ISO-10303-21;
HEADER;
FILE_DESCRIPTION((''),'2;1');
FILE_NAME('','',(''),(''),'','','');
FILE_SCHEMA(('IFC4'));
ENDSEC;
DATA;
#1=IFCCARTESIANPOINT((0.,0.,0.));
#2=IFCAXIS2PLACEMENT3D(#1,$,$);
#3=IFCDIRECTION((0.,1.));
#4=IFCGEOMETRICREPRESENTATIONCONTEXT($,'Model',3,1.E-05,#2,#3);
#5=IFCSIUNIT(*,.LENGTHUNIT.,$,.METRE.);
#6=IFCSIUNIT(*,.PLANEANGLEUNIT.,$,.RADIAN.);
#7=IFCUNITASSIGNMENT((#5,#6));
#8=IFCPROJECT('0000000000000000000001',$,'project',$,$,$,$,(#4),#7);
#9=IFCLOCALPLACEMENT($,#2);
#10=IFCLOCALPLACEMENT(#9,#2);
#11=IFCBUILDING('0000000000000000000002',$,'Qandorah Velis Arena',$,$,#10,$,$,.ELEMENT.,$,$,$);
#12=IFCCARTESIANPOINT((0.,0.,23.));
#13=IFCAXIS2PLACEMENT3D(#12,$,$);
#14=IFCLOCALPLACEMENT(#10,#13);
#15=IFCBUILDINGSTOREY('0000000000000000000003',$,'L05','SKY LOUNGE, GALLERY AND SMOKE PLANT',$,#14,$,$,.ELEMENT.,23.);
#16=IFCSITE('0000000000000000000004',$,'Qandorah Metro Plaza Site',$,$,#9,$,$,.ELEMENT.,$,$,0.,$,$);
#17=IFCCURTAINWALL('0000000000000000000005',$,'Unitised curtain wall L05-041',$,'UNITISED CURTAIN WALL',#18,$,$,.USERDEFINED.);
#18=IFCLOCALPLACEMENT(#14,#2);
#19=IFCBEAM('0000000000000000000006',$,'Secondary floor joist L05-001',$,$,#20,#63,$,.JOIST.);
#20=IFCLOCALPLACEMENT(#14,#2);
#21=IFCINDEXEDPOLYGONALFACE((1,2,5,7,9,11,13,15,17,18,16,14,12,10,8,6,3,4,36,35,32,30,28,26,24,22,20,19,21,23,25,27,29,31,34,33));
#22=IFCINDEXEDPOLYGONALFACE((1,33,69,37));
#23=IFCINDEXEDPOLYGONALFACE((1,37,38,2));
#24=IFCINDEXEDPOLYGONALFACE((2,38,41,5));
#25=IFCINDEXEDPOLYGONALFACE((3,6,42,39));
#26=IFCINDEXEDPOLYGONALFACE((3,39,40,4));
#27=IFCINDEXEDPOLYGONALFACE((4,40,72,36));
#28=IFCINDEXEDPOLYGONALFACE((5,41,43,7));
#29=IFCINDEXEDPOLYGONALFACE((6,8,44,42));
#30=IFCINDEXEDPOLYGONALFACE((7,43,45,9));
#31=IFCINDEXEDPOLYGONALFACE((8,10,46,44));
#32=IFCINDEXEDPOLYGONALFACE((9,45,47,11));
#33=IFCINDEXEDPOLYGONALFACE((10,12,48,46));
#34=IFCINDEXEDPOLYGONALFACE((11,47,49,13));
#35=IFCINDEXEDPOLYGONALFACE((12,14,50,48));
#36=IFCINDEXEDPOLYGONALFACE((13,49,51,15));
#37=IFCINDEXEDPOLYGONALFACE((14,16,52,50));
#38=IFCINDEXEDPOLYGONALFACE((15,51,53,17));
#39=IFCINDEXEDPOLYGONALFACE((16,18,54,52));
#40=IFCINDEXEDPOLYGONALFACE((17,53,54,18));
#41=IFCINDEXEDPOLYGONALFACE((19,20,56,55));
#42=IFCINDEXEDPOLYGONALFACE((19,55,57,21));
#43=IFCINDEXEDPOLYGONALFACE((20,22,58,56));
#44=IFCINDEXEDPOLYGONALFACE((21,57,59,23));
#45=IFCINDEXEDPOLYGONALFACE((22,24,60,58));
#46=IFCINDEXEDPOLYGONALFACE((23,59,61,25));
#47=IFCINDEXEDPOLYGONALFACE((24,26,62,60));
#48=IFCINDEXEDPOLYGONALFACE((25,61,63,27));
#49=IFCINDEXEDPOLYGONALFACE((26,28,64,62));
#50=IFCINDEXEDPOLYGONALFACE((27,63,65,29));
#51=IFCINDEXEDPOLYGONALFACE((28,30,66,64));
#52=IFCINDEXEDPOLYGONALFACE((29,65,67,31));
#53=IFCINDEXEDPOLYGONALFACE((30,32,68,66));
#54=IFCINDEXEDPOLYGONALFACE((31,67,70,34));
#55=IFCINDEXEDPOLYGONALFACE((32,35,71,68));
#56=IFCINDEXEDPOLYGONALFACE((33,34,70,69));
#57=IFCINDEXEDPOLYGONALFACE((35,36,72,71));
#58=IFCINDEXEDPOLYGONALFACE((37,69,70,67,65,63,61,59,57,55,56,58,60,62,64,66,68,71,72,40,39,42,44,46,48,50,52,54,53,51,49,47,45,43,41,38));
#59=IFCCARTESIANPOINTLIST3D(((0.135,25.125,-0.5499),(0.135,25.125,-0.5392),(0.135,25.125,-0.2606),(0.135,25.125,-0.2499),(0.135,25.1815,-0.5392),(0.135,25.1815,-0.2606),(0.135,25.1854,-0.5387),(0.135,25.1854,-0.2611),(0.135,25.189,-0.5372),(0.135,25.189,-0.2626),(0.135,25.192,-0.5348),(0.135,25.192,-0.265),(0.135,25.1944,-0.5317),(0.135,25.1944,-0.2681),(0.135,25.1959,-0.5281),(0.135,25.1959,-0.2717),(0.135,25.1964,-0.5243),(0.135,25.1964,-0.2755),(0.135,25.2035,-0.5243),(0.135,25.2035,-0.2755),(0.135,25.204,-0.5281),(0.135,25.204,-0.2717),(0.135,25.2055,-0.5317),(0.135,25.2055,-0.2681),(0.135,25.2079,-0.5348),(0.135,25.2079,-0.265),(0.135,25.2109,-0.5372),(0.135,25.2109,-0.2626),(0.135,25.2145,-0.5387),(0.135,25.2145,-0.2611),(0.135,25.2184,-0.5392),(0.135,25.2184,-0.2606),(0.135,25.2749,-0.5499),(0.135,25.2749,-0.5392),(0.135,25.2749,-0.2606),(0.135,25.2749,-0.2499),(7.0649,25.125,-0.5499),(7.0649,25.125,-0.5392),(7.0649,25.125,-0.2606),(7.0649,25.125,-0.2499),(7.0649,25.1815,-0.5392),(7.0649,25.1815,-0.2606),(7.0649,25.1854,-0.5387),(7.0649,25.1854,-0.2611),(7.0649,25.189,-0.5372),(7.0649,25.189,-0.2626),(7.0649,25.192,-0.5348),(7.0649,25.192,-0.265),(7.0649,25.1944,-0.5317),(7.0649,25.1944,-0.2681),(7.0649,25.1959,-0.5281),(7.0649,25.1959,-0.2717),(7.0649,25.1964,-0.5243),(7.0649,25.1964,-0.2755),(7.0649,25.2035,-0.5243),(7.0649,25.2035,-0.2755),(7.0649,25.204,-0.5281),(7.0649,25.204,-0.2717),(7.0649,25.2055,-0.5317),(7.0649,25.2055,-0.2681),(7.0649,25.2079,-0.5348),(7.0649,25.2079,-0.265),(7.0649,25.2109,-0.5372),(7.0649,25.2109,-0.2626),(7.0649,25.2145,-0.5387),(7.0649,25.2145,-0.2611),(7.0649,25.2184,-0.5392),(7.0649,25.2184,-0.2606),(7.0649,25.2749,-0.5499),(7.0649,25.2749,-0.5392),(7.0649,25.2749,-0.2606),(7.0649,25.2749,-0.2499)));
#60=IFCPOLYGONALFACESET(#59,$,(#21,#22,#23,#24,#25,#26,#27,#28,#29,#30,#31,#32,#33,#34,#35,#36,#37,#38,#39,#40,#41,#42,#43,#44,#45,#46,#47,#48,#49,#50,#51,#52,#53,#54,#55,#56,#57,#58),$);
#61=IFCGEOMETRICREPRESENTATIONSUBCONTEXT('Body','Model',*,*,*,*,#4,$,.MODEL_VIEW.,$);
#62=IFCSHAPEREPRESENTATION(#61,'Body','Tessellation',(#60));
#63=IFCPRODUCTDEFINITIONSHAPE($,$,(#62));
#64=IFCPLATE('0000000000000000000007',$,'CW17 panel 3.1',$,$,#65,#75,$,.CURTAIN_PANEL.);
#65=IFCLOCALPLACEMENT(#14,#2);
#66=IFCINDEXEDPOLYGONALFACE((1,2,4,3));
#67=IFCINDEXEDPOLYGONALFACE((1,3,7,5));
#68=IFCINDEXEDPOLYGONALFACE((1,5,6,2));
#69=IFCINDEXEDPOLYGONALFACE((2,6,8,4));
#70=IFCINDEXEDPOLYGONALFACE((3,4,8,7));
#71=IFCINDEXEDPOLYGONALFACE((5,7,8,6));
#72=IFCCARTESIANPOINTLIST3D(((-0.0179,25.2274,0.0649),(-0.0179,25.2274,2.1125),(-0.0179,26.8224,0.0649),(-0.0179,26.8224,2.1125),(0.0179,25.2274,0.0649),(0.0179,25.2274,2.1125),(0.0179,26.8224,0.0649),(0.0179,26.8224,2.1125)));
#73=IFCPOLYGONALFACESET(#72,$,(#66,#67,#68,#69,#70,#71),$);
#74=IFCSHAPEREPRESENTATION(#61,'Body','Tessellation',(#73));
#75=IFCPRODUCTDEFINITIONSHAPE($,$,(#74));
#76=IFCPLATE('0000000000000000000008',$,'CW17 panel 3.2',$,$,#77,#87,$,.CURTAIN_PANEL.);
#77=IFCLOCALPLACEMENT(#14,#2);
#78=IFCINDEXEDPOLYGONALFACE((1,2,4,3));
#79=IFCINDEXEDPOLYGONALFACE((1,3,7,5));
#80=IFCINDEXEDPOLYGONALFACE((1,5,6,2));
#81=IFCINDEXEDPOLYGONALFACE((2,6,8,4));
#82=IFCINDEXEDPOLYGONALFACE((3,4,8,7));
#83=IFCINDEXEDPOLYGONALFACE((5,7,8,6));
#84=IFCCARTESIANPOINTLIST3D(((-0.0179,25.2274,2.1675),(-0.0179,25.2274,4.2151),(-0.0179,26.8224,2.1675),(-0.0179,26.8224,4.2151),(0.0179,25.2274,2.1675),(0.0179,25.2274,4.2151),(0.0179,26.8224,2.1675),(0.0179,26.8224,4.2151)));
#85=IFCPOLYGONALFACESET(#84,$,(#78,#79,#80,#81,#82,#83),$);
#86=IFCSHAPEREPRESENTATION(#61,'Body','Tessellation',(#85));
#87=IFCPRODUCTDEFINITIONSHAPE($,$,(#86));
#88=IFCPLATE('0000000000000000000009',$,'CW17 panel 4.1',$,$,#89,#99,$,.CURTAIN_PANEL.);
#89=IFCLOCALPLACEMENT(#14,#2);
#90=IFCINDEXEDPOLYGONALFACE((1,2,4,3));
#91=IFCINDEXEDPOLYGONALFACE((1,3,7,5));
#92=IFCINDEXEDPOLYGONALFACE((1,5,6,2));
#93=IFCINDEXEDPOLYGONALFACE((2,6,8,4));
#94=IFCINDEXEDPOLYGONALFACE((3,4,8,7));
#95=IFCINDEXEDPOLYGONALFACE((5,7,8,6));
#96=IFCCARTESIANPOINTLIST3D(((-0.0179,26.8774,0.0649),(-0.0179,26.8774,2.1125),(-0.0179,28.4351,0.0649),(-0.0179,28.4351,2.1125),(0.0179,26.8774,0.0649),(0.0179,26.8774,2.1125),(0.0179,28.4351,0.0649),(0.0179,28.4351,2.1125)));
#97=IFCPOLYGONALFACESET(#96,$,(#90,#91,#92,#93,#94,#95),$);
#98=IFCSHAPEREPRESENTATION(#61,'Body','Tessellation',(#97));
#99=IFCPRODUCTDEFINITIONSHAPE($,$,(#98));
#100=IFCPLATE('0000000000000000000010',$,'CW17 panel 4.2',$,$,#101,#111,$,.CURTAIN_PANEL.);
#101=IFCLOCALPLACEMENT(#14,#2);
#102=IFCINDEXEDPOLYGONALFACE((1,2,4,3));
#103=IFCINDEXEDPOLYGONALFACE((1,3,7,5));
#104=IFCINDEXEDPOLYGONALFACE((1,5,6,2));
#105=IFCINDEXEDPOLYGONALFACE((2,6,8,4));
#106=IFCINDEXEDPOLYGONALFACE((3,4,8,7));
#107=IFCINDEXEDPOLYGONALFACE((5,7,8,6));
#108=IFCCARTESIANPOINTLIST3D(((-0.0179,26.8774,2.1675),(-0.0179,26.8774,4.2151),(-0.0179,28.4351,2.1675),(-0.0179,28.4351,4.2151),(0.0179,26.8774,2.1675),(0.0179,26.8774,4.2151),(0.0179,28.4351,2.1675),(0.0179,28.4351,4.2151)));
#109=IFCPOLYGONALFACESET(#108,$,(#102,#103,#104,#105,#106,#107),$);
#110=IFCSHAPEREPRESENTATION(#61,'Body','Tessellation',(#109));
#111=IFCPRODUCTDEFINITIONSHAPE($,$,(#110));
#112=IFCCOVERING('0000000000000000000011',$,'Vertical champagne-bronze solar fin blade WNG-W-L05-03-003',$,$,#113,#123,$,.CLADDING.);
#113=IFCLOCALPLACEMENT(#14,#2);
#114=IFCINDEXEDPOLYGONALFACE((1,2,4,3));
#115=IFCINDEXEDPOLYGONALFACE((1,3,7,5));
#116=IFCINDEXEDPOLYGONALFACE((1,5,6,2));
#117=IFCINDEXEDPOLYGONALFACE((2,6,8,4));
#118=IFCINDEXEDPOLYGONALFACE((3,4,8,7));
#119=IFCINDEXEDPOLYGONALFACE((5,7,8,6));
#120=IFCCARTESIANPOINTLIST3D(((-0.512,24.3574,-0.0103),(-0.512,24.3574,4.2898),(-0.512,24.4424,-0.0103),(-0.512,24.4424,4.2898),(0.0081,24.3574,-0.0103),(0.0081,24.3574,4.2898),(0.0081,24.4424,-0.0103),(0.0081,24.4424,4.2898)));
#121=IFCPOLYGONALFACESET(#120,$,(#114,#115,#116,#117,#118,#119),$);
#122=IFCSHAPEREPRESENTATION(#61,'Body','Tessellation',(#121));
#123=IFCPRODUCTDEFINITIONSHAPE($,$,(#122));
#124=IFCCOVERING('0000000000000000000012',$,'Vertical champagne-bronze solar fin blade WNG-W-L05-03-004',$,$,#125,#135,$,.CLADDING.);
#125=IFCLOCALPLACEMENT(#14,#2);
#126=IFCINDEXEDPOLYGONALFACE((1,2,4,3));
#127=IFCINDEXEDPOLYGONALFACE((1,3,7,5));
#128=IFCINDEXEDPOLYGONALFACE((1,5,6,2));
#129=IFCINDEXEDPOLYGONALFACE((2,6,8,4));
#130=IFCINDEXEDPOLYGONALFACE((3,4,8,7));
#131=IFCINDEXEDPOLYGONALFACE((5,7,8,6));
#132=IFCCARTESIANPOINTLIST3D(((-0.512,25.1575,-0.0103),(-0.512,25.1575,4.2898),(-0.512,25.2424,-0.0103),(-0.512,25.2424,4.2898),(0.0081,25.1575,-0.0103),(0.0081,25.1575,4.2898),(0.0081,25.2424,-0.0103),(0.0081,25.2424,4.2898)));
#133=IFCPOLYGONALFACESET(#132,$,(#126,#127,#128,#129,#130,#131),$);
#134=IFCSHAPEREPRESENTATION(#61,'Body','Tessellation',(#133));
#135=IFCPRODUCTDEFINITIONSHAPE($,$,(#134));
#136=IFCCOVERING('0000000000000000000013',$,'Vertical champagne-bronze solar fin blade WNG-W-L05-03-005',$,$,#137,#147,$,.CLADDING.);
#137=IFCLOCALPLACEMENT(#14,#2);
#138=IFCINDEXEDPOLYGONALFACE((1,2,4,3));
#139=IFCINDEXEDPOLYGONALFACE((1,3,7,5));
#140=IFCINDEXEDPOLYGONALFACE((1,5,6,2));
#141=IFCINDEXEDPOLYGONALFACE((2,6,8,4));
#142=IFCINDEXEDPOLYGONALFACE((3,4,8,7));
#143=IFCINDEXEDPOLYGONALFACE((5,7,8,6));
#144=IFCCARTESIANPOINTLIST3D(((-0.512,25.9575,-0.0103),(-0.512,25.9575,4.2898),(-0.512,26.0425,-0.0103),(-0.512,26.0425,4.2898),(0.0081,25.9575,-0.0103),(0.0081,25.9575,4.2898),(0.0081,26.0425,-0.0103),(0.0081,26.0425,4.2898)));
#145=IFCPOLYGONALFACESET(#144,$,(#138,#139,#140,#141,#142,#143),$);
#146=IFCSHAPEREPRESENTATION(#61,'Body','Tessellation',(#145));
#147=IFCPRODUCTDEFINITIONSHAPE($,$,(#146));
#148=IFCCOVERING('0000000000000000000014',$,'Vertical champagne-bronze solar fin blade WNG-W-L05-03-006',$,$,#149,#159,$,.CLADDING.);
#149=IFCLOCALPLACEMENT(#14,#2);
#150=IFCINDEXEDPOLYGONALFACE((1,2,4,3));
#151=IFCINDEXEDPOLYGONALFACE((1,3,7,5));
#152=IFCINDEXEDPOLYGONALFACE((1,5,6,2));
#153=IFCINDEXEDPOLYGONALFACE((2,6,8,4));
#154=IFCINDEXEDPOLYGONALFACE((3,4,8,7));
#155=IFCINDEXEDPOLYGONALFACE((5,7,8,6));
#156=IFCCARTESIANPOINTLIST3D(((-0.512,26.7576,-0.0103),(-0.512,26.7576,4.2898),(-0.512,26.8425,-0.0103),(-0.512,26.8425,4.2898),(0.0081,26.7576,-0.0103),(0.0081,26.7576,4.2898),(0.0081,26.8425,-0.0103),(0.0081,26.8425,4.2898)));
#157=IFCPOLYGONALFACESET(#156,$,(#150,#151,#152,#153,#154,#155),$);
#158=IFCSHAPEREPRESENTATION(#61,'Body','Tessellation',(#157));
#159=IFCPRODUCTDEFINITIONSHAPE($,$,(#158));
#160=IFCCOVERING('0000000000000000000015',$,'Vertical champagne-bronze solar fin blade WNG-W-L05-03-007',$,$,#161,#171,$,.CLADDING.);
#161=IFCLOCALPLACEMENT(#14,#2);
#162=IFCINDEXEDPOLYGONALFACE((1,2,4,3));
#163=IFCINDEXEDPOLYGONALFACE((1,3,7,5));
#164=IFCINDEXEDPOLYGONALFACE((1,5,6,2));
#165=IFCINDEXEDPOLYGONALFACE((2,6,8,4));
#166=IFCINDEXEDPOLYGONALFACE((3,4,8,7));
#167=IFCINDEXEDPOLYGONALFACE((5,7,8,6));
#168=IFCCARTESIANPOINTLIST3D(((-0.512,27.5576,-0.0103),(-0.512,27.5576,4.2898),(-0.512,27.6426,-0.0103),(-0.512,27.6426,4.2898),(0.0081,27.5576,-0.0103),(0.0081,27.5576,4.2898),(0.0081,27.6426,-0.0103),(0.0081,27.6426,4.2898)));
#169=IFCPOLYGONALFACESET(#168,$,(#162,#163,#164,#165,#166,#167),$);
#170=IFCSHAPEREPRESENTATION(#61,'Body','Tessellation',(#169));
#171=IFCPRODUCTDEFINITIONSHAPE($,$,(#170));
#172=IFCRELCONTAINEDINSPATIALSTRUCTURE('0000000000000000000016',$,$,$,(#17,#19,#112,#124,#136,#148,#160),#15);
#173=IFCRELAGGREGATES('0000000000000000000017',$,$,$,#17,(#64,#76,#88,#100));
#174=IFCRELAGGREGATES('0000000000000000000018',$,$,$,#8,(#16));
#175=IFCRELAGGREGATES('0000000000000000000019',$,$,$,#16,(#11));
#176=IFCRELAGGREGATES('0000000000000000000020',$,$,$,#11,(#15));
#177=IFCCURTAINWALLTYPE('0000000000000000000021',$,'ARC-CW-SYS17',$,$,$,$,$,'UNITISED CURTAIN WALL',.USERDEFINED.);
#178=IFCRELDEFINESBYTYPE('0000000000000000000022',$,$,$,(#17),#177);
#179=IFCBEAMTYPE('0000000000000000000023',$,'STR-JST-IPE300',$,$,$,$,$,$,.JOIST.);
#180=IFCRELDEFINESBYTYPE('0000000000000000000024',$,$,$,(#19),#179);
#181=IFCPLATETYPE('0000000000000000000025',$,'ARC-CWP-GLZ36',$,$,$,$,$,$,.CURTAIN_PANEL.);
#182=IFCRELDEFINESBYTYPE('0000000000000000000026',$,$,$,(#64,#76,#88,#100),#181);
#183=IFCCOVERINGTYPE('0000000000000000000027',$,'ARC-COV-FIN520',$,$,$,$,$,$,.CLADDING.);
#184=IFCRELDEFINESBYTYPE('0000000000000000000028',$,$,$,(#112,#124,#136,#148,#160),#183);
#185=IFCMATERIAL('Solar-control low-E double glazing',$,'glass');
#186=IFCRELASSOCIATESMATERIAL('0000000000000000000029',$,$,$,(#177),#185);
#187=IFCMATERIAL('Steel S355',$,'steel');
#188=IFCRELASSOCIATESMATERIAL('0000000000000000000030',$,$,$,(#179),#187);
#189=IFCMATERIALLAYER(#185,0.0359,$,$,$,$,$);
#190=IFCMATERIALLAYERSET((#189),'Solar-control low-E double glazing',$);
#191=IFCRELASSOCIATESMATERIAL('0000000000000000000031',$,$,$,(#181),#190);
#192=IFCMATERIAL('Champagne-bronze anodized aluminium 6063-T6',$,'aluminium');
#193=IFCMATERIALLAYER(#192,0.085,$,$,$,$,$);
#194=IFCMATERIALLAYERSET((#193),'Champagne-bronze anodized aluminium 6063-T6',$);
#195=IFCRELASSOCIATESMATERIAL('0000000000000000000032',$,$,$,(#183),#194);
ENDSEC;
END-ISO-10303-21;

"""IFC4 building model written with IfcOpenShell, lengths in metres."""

from ifc_helpers import new_model, si_unit, direction, frame, origin, origin_2d, place, context, subcontext, project, spatial, rectangle, i_section, extrude, material, layer, layer_set, material_profile, profile_set, type_object, element, aggregate, save


model = new_model("IFC4")

# Units and contexts
model_context = context("Model", 3, precision=1e-05, world=origin(), true_north=direction((0.0, 1.0)))
body_context = subcontext(model_context, "Body", "Model", "MODEL_VIEW")
ifc_project = project(units=[si_unit("LENGTHUNIT", "METRE"), si_unit("PLANEANGLEUNIT", "RADIAN")], contexts=[model_context])

# Site, building, storey
site_placement = place(None, origin())
site = spatial("IfcSite", under=ifc_project, at=site_placement, Name="Qandorah Metro Plaza Site", CompositionType="ELEMENT", RefElevation=0.0)
building_placement = place(site_placement, origin())
building = spatial("IfcBuilding", under=site, at=building_placement, Name="Qandorah Velis Arena", CompositionType="ELEMENT")
storey_placement = place(building_placement, frame((0.0, 0.0, 23.0)))
storey = spatial("IfcBuildingStorey", under=building, at=storey_placement, Name="L05", Description="SKY LOUNGE, GALLERY AND SMOKE PLANT", CompositionType="ELEMENT", Elevation=23.0)

# Curtain wall
ifc_material_1 = material(Name="Solar-control low-E double glazing", Category="glass")
curtain_wall_type = type_object("IfcCurtainWallType", Name="ARC-CW-SYS17", ElementType="UNITISED CURTAIN WALL", PredefinedType="USERDEFINED", material=ifc_material_1)
curtain_wall_placement = place(storey_placement, origin())
curtain_wall = element("IfcCurtainWall", 1, at=curtain_wall_placement, inside=storey, type_object=curtain_wall_type, Name="Unitised curtain wall L05-041", ObjectType="UNITISED CURTAIN WALL", PredefinedType="USERDEFINED")
ifc_material_2 = material(Name="Champagne-bronze anodized aluminium 6063-T6", Category="aluminium")

# Beam
ifc_material_3 = material(Name="Steel S355", Category="steel")
ifc_material_profile_1 = material_profile(ifc_material_3, i_section(OverallWidth=0.1499, OverallDepth=0.3, WebThickness=0.0071, FlangeThickness=0.0107, FilletRadius=0.0149, at=origin_2d()), Name="IPE 300")
ifc_profile_set_1 = profile_set([ifc_material_profile_1], Name="Steel S355")
beam_type = type_object("IfcBeamType", Name="STR-JST-IPE300", PredefinedType="JOIST", material=ifc_profile_set_1)
beam_placement = place(storey_placement, frame((0.135, 25.2, -0.3999), z_axis=(1.0, 0.0, 0.0), x_axis=(0.0, 1.0, 0.0)))
element("IfcBeam", 2, at=beam_placement, inside=storey, type_object=beam_type, Name="Secondary floor joist L05-001", PredefinedType="JOIST", context=body_context, shape_type="SweptSolid", body=[
    extrude(i_section(OverallWidth=0.1499, OverallDepth=0.3, WebThickness=0.0071, FlangeThickness=0.0107, FilletRadius=0.0149, at=origin_2d()), origin(), (0.0, 0.0, 1.0), 6.9299),
])

# Plates
ifc_layer_1 = layer(ifc_material_1, 0.0359)
ifc_layer_set_1 = layer_set([ifc_layer_1], Name="Solar-control low-E double glazing")
plate_type = type_object("IfcPlateType", Name="ARC-CWP-GLZ36", PredefinedType="CURTAIN_PANEL", material=ifc_layer_set_1)
plate_1_placement = place(storey_placement, frame((0.0, 26.0249, 0.0649), z_axis=(0.0, 0.0, 1.0), x_axis=(0.0, 1.0, 0.0)))
plate_1 = element("IfcPlate", 3, at=plate_1_placement, type_object=plate_type, Name="CW17 panel 3.1", PredefinedType="CURTAIN_PANEL", context=body_context, shape_type="SweptSolid", body=[
    extrude(rectangle(XDim=1.595, YDim=0.0359, at=origin_2d()), origin(), (0.0, 0.0, 1.0), 2.0476),
])
plate_2_placement = place(storey_placement, frame((0.0, 26.0249, 2.1675), z_axis=(0.0, 0.0, 1.0), x_axis=(0.0, 1.0, 0.0)))
plate_2 = element("IfcPlate", 4, at=plate_2_placement, type_object=plate_type, Name="CW17 panel 3.2", PredefinedType="CURTAIN_PANEL", context=body_context, shape_type="SweptSolid", body=[
    extrude(rectangle(XDim=1.595, YDim=0.0359, at=origin_2d()), origin(), (0.0, 0.0, 1.0), 2.0476),
])
plate_3_placement = place(storey_placement, frame((0.0, 27.6562, 0.0649), z_axis=(0.0, 0.0, 1.0), x_axis=(0.0, 1.0, 0.0)))
plate_3 = element("IfcPlate", 5, at=plate_3_placement, type_object=plate_type, Name="CW17 panel 4.1", PredefinedType="CURTAIN_PANEL", context=body_context, shape_type="SweptSolid", body=[
    extrude(rectangle(XDim=1.5576, YDim=0.0359, at=origin_2d()), origin(), (0.0, 0.0, 1.0), 2.0476),
])
plate_4_placement = place(storey_placement, frame((0.0, 27.6562, 2.1675), z_axis=(0.0, 0.0, 1.0), x_axis=(0.0, 1.0, 0.0)))
plate_4 = element("IfcPlate", 6, at=plate_4_placement, type_object=plate_type, Name="CW17 panel 4.2", PredefinedType="CURTAIN_PANEL", context=body_context, shape_type="SweptSolid", body=[
    extrude(rectangle(XDim=1.5576, YDim=0.0359, at=origin_2d()), origin(), (0.0, 0.0, 1.0), 2.0476),
])
aggregate(curtain_wall, [plate_1, plate_2, plate_3, plate_4])

# Coverings
ifc_layer_2 = layer(ifc_material_2, 0.085)
ifc_layer_set_2 = layer_set([ifc_layer_2], Name="Champagne-bronze anodized aluminium 6063-T6")
covering_type = type_object("IfcCoveringType", Name="ARC-COV-FIN520", PredefinedType="CLADDING", material=ifc_layer_set_2)
for number, where, z_axis, x_axis, name in (
    (7, (-0.252, 24.3999, -0.0103), (0.0, 0.0, 1.0), (1.0, 0.0, 0.0), "Vertical champagne-bronze solar fin blade WNG-W-L05-03-003"),
    (8, (-0.252, 25.2, -0.0103), (0.0, 0.0, 1.0), (1.0, 0.0, 0.0), "Vertical champagne-bronze solar fin blade WNG-W-L05-03-004"),
    (9, (-0.252, 26.0, -0.0103), (0.0, 0.0, 1.0), (1.0, 0.0, 0.0), "Vertical champagne-bronze solar fin blade WNG-W-L05-03-005"),
    (10, (-0.252, 26.8, -0.0103), (0.0, 0.0, 1.0), (1.0, 0.0, 0.0), "Vertical champagne-bronze solar fin blade WNG-W-L05-03-006"),
    (11, (-0.252, 27.6001, -0.0103), (0.0, 0.0, 1.0), (1.0, 0.0, 0.0), "Vertical champagne-bronze solar fin blade WNG-W-L05-03-007"),
):
    element("IfcCovering", number, at=place(storey_placement, frame(where, z_axis=z_axis, x_axis=x_axis)), inside=storey, type_object=covering_type, Name=name, PredefinedType="CLADDING", context=body_context, shape_type="SweptSolid", body=[
        extrude(rectangle(XDim=0.52, YDim=0.085, at=origin_2d()), origin(), (0.0, 0.0, 1.0), 4.3),
    ])

save(model, "model.ifc")
